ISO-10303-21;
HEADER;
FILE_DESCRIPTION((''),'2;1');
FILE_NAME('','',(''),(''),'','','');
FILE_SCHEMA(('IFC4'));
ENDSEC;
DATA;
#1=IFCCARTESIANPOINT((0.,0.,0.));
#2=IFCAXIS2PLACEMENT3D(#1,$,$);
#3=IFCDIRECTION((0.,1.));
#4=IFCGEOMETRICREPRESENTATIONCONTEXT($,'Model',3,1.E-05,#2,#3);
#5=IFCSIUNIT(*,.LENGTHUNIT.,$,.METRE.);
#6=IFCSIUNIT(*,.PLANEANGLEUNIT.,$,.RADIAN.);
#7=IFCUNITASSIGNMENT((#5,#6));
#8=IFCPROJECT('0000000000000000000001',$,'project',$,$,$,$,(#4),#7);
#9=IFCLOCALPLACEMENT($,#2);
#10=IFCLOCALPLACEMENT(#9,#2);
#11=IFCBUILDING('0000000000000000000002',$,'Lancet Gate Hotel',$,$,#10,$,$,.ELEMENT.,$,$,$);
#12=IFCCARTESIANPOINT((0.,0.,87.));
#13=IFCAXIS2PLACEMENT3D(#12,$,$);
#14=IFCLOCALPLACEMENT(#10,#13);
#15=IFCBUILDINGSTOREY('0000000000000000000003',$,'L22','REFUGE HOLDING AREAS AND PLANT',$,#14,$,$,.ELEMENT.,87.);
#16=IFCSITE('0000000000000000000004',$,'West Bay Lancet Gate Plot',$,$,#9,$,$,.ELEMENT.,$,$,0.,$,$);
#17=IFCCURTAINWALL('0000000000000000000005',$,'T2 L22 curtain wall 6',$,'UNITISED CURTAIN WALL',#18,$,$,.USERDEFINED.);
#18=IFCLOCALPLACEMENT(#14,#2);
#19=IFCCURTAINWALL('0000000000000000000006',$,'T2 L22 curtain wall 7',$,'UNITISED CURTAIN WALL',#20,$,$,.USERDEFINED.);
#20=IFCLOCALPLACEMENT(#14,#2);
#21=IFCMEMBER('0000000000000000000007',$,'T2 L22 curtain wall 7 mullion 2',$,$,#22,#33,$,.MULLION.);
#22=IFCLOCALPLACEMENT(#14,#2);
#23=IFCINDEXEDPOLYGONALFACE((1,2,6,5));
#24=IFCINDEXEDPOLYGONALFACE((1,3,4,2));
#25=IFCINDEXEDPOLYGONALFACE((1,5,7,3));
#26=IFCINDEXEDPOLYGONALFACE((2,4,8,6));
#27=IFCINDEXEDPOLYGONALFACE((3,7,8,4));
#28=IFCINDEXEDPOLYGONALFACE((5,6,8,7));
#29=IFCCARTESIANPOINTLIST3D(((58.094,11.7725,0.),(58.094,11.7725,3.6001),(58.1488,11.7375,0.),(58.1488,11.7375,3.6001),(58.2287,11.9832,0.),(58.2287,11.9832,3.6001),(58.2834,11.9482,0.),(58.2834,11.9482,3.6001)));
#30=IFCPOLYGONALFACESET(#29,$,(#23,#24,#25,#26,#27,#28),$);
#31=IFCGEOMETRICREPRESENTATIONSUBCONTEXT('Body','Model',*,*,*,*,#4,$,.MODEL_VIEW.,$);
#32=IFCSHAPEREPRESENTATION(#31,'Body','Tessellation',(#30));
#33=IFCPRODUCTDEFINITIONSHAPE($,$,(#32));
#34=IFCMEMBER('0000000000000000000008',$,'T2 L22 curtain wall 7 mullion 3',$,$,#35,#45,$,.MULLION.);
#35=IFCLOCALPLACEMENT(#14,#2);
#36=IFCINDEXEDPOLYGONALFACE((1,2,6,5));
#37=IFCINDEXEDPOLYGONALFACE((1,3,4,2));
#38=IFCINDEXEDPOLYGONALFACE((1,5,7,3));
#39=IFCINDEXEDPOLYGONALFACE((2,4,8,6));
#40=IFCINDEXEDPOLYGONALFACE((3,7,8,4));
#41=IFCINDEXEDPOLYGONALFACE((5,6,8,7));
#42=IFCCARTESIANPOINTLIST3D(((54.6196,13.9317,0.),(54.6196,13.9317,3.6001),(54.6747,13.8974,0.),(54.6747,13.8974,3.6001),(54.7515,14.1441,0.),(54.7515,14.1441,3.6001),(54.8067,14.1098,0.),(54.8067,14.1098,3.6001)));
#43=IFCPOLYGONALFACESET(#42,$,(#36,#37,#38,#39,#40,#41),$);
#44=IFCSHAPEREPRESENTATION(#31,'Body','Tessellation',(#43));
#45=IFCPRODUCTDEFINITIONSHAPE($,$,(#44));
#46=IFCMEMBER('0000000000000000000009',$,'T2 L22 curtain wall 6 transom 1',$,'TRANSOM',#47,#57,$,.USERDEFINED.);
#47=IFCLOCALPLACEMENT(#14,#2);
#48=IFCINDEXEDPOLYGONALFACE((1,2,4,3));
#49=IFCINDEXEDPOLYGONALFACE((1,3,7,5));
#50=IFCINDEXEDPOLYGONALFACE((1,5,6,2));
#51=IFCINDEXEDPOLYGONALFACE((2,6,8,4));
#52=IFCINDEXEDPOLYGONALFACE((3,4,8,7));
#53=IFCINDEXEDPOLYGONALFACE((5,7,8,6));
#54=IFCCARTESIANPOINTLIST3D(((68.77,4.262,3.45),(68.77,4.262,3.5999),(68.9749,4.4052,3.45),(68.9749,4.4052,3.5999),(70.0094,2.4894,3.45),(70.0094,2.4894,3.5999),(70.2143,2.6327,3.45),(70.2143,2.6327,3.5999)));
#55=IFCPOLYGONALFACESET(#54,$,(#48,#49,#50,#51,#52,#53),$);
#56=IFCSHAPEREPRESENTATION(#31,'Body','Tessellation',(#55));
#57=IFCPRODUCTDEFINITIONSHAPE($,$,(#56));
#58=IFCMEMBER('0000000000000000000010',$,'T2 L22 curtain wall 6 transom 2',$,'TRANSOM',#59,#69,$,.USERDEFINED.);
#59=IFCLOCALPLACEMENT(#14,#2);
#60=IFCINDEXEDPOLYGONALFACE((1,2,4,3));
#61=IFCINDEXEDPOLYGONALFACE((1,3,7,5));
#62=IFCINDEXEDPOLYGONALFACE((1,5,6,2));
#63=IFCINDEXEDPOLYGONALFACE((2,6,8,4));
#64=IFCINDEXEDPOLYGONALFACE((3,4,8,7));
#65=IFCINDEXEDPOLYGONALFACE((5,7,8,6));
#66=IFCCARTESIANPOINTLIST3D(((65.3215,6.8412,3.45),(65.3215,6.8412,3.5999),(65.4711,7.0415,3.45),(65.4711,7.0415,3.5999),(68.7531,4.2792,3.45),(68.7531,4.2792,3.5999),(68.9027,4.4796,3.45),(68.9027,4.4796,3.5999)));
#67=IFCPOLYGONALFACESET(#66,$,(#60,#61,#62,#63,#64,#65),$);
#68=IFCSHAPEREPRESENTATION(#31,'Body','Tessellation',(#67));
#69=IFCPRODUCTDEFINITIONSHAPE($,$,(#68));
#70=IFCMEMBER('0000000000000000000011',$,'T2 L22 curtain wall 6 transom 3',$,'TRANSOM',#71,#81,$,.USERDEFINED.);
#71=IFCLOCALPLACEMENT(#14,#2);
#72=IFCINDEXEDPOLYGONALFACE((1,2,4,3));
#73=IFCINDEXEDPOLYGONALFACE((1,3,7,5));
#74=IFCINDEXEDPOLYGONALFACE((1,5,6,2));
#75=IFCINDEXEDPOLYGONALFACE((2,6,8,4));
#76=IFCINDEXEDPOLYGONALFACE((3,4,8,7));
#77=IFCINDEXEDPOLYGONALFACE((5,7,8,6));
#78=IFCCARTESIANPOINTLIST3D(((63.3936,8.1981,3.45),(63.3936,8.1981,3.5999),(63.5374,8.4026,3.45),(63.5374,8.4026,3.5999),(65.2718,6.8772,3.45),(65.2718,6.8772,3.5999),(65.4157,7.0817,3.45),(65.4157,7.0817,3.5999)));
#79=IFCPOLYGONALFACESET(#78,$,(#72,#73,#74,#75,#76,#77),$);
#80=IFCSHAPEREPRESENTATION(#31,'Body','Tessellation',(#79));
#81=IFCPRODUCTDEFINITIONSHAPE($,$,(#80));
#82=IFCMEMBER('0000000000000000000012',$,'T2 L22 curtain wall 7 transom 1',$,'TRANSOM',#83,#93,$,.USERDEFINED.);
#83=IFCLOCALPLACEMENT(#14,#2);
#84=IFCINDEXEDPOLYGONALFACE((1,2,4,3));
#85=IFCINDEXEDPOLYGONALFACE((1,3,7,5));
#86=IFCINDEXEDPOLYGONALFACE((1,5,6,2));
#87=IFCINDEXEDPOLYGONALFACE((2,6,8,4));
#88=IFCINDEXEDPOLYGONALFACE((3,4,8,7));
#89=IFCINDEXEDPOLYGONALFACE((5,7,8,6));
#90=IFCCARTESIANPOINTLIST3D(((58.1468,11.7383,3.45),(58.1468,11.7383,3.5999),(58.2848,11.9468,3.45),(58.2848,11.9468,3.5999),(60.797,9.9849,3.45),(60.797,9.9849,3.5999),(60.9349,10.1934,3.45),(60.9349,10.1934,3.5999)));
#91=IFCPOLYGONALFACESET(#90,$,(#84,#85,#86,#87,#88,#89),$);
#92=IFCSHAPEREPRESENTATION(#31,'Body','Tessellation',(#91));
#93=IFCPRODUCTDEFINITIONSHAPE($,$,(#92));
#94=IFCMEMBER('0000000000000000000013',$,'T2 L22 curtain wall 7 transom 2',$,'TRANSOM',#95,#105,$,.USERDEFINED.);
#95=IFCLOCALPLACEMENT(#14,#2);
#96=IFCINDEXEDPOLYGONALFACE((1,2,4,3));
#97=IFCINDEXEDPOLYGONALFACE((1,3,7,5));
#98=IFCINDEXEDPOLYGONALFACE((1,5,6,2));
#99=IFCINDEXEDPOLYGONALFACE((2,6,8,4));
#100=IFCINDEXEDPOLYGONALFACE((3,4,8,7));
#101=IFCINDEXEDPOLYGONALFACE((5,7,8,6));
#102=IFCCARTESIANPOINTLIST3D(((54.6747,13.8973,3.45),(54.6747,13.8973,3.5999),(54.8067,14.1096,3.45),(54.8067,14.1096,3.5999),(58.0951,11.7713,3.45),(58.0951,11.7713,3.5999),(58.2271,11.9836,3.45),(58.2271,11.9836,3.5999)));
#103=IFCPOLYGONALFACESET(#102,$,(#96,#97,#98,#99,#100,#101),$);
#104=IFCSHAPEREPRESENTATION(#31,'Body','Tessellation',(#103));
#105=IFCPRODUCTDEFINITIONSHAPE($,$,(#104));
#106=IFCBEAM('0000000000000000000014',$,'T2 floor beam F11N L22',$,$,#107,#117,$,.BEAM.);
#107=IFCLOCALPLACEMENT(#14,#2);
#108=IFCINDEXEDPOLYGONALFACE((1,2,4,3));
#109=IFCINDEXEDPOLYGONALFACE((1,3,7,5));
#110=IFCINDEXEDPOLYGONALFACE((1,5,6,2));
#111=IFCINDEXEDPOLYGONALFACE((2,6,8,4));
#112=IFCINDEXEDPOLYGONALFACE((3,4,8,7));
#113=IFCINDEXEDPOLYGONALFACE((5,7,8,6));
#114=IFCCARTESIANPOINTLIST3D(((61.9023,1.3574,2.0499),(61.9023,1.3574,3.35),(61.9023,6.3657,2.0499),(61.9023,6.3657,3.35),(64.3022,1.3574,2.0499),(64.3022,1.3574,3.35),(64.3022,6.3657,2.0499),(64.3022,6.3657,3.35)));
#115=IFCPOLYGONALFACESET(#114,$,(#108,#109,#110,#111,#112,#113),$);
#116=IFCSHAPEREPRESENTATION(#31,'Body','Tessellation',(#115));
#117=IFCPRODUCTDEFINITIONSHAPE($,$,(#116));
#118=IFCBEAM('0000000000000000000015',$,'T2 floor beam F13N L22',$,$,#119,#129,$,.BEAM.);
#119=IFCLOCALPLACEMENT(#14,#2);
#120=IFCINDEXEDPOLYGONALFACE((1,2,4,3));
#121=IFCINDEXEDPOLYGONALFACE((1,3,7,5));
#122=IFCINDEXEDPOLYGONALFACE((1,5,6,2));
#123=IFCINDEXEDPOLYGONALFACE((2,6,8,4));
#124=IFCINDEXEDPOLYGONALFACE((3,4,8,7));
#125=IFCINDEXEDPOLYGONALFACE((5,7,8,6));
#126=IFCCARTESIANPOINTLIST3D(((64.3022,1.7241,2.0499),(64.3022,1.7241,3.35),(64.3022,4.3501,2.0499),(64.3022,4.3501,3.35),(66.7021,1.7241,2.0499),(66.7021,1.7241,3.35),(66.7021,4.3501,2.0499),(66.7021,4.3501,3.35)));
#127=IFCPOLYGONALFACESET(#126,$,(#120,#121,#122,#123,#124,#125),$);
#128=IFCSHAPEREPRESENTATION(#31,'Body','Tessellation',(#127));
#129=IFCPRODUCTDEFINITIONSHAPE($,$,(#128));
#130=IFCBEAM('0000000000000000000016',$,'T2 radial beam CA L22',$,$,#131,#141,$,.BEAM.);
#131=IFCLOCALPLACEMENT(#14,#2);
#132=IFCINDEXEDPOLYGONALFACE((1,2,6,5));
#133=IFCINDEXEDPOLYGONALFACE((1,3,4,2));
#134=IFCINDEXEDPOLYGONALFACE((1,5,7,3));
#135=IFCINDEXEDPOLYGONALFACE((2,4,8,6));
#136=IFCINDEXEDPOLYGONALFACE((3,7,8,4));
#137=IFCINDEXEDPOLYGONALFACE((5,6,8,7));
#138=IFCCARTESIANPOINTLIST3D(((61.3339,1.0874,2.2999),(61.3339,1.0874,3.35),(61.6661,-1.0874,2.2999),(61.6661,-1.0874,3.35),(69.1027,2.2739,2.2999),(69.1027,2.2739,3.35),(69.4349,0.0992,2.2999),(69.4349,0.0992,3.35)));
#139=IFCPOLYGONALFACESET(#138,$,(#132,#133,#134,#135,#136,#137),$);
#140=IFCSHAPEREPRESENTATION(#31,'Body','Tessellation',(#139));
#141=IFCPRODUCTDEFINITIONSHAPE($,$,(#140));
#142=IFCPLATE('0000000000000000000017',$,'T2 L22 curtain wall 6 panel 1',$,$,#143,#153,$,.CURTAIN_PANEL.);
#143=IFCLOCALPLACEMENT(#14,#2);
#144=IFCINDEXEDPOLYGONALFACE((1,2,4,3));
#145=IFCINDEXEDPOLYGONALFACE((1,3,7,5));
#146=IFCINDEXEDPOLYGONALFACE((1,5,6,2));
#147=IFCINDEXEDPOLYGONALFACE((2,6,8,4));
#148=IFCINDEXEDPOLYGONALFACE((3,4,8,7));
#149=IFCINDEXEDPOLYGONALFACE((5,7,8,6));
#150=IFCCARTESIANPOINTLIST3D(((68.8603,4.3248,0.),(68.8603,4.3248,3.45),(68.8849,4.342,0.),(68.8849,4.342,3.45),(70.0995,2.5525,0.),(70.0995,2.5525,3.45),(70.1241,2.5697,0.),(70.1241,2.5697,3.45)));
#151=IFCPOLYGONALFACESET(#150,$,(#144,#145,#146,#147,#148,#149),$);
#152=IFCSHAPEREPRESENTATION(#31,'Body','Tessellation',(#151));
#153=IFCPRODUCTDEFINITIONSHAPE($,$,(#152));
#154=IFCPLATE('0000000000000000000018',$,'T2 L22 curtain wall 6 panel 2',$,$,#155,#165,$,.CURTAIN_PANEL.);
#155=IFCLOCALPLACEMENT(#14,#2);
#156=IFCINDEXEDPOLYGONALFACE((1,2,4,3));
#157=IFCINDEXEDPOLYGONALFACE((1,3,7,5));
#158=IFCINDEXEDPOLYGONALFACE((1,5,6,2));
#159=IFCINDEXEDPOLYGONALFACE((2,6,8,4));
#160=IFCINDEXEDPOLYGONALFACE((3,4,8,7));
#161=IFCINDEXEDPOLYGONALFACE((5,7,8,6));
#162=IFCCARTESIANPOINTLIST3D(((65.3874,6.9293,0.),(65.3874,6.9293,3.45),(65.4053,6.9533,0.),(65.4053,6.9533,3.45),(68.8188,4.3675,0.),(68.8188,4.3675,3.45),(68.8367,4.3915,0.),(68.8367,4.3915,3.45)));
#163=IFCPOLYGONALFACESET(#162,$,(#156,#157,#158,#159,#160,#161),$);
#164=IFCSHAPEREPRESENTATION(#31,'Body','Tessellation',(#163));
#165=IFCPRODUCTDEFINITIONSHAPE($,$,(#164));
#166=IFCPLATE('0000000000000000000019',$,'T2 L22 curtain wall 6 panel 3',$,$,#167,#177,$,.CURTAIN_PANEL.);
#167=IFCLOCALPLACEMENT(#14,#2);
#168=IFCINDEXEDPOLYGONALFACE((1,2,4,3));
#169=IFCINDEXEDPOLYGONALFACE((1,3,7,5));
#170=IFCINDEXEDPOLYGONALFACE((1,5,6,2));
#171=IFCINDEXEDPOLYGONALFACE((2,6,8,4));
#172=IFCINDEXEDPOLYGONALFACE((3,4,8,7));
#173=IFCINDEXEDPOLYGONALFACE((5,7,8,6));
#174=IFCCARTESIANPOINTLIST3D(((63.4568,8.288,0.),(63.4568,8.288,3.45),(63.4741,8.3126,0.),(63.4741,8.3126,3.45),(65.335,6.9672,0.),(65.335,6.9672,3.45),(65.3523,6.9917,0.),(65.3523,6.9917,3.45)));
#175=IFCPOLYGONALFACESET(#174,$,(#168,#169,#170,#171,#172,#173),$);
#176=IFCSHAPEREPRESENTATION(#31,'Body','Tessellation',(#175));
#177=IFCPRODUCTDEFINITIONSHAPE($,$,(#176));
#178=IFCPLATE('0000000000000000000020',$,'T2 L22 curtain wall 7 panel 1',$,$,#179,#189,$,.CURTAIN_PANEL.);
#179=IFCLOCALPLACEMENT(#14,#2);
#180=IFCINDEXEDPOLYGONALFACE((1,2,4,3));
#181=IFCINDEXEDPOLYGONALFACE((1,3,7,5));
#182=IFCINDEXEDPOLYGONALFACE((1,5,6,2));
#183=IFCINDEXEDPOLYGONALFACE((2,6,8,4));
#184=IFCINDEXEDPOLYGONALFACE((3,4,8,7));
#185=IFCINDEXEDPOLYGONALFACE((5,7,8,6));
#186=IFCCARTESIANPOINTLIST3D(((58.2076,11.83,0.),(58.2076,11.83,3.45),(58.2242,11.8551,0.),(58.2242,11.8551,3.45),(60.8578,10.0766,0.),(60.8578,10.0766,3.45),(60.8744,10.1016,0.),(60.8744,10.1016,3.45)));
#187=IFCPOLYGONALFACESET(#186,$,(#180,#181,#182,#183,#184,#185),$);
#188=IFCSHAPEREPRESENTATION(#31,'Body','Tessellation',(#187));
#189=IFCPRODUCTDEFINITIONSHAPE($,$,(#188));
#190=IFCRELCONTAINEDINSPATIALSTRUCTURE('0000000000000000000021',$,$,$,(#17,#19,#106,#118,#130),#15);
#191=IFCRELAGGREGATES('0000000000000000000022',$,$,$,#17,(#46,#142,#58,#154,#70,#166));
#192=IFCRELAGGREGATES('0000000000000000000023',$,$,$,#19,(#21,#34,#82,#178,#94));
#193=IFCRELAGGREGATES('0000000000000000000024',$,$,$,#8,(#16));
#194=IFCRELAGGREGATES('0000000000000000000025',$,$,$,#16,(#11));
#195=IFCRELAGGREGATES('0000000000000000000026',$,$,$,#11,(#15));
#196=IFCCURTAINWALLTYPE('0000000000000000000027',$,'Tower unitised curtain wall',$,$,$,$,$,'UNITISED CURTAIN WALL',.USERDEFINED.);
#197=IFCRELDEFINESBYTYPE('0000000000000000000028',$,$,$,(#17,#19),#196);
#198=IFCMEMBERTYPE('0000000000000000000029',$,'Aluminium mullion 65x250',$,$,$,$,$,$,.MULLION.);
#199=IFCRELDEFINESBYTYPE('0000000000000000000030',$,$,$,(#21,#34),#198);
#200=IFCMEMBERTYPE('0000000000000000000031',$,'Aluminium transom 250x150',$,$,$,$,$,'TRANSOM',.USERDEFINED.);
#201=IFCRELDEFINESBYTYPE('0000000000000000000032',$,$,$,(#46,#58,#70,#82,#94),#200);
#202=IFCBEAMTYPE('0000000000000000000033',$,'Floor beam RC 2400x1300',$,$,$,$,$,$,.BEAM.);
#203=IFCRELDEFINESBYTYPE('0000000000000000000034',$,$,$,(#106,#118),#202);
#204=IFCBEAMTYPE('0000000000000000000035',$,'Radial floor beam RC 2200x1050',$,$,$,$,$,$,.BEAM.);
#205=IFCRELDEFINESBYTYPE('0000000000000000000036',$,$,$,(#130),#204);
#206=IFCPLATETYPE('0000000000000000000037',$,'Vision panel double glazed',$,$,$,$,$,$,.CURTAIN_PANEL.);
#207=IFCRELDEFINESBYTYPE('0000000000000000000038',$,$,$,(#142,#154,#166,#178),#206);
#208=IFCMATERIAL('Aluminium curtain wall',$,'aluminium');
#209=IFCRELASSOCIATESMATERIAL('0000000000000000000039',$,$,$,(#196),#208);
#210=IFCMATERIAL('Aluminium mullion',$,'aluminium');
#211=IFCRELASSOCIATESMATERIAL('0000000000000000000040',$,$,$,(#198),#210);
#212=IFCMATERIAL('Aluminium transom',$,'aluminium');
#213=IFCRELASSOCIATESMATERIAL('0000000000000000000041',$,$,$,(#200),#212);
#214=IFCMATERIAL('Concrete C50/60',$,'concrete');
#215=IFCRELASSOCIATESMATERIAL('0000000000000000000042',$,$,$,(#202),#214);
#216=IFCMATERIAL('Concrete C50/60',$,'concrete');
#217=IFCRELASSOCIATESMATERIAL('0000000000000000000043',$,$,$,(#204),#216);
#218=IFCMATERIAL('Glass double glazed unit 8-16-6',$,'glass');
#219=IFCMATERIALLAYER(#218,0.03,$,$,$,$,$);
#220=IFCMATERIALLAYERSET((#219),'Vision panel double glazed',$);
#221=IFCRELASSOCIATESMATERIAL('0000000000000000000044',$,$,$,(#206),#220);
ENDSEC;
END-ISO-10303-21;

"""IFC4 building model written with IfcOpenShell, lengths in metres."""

from ifc_helpers import new_model, si_unit, direction, frame, origin, origin_2d, place, context, subcontext, project, spatial, rectangle, extrude, material, layer, layer_set, material_profile, profile_set, type_object, element, aggregate, save


model = new_model("IFC4")

# Units and contexts
model_context = context("Model", 3, precision=1e-05, world=origin(), true_north=direction((0.0, 1.0)))
body_context = subcontext(model_context, "Body", "Model", "MODEL_VIEW")
ifc_project = project(units=[si_unit("LENGTHUNIT", "METRE"), si_unit("PLANEANGLEUNIT", "RADIAN")], contexts=[model_context])

# Site, building, storey
site_placement = place(None, origin())
site = spatial("IfcSite", under=ifc_project, at=site_placement, Name="West Bay Lancet Gate Plot", CompositionType="ELEMENT", RefElevation=0.0)
building_placement = place(site_placement, origin())
building = spatial("IfcBuilding", under=site, at=building_placement, Name="Lancet Gate Hotel", CompositionType="ELEMENT")
storey_placement = place(building_placement, frame((0.0, 0.0, 87.0)))
storey = spatial("IfcBuildingStorey", under=building, at=storey_placement, Name="L22", Description="REFUGE HOLDING AREAS AND PLANT", CompositionType="ELEMENT", Elevation=87.0)

# Curtain walls, members
ifc_material_1 = material(Name="Aluminium curtain wall", Category="aluminium")
curtain_wall_type = type_object("IfcCurtainWallType", Name="Tower unitised curtain wall", ElementType="UNITISED CURTAIN WALL", PredefinedType="USERDEFINED", material=ifc_material_1)
curtain_wall_1_placement = place(storey_placement, origin())
curtain_wall_1 = element("IfcCurtainWall", 1, at=curtain_wall_1_placement, inside=storey, type_object=curtain_wall_type, Name="T2 L22 curtain wall 6", ObjectType="UNITISED CURTAIN WALL", PredefinedType="USERDEFINED")
ifc_material_2 = material(Name="Aluminium mullion", Category="aluminium")
ifc_material_profile_1 = material_profile(ifc_material_2, rectangle(XDim=0.0649, YDim=0.25, at=origin_2d()), Name="MULLION 65x250")
ifc_profile_set_1 = profile_set([ifc_material_profile_1], Name="Aluminium mullion")
member_type_1 = type_object("IfcMemberType", Name="Aluminium mullion 65x250", PredefinedType="MULLION", material=ifc_profile_set_1)
curtain_wall_2_placement = place(storey_placement, origin())
curtain_wall_2 = element("IfcCurtainWall", 2, at=curtain_wall_2_placement, inside=storey, type_object=curtain_wall_type, Name="T2 L22 curtain wall 7", ObjectType="UNITISED CURTAIN WALL", PredefinedType="USERDEFINED")
member_1_placement = place(storey_placement, frame((58.1887, 11.8604, 0.0), z_axis=(0.0, 0.0, 1.0), x_axis=(-0.842623, 0.538504, 0.0)))
member_1 = element("IfcMember", 3, at=member_1_placement, type_object=member_type_1, Name="T2 L22 curtain wall 7 mullion 2", PredefinedType="MULLION", context=body_context, shape_type="SweptSolid", body=[
    extrude(rectangle(XDim=0.0649, YDim=0.25, at=origin_2d()), origin(), (0.0, 0.0, 1.0), 3.6001),
])
member_2_placement = place(storey_placement, frame((54.7131, 14.0208, 0.0), z_axis=(0.0, 0.0, 1.0), x_axis=(-0.849318, 0.527882, 0.0)))
member_2 = element("IfcMember", 4, at=member_2_placement, type_object=member_type_1, Name="T2 L22 curtain wall 7 mullion 3", PredefinedType="MULLION", context=body_context, shape_type="SweptSolid", body=[
    extrude(rectangle(XDim=0.0649, YDim=0.25, at=origin_2d()), origin(), (0.0, 0.0, 1.0), 3.6001),
])

# Members
ifc_material_3 = material(Name="Aluminium transom", Category="aluminium")
ifc_material_profile_2 = material_profile(ifc_material_3, rectangle(XDim=0.25, YDim=0.1499, at=origin_2d()), Name="TRANSOM 250x150")
ifc_profile_set_2 = profile_set([ifc_material_profile_2], Name="Aluminium transom")
member_type_2 = type_object("IfcMemberType", Name="Aluminium transom 250x150", ElementType="TRANSOM", PredefinedType="USERDEFINED", material=ifc_profile_set_2)
member_3_placement = place(storey_placement, frame((70.1118, 2.561, 3.5249), z_axis=(-0.573008, 0.81955, 0.0), x_axis=(-0.81955, -0.573008, 0.0)))
member_3 = element("IfcMember", 5, at=member_3_placement, type_object=member_type_2, Name="T2 L22 curtain wall 6 transom 1", ObjectType="TRANSOM", PredefinedType="USERDEFINED", context=body_context, shape_type="SweptSolid", body=[
    extrude(rectangle(XDim=0.25, YDim=0.1499, at=origin_2d()), origin(), (0.0, 0.0, 1.0), 2.1628),
])
member_4_placement = place(storey_placement, frame((68.8279, 4.3794, 3.5249), z_axis=(-0.801312, 0.598247, 0.0), x_axis=(-0.598247, -0.801312, 0.0)))
member_4 = element("IfcMember", 6, at=member_4_placement, type_object=member_type_2, Name="T2 L22 curtain wall 6 transom 2", ObjectType="TRANSOM", PredefinedType="USERDEFINED", context=body_context, shape_type="SweptSolid", body=[
    extrude(rectangle(XDim=0.25, YDim=0.1499, at=origin_2d()), origin(), (0.0, 0.0, 1.0), 4.2825),
])
member_5_placement = place(storey_placement, frame((65.3438, 6.9795, 3.5249), z_axis=(-0.817986, 0.575238, 0.0), x_axis=(-0.575238, -0.817986, 0.0)))
member_5 = element("IfcMember", 7, at=member_5_placement, type_object=member_type_2, Name="T2 L22 curtain wall 6 transom 3", ObjectType="TRANSOM", PredefinedType="USERDEFINED", context=body_context, shape_type="SweptSolid", body=[
    extrude(rectangle(XDim=0.25, YDim=0.1499, at=origin_2d()), origin(), (0.0, 0.0, 1.0), 2.2961),
])
member_6_placement = place(storey_placement, frame((60.866, 10.0891, 3.5249), z_axis=(-0.833984, 0.551789, 0.0), x_axis=(-0.551789, -0.833984, 0.0)))
member_6 = element("IfcMember", 8, at=member_6_placement, type_object=member_type_2, Name="T2 L22 curtain wall 7 transom 1", ObjectType="TRANSOM", PredefinedType="USERDEFINED", context=body_context, shape_type="SweptSolid", body=[
    extrude(rectangle(XDim=0.25, YDim=0.1499, at=origin_2d()), origin(), (0.0, 0.0, 1.0), 3.1777),
])
member_7_placement = place(storey_placement, frame((58.1611, 11.8774, 3.5249), z_axis=(-0.84931, 0.527894, 0.0), x_axis=(-0.527894, -0.84931, 0.0)))
member_7 = element("IfcMember", 9, at=member_7_placement, type_object=member_type_2, Name="T2 L22 curtain wall 7 transom 2", ObjectType="TRANSOM", PredefinedType="USERDEFINED", context=body_context, shape_type="SweptSolid", body=[
    extrude(rectangle(XDim=0.25, YDim=0.1499, at=origin_2d()), origin(), (0.0, 0.0, 1.0), 4.0273),
])

# Beams
ifc_material_4 = material(Name="Concrete C50/60", Category="concrete")
ifc_material_profile_3 = material_profile(ifc_material_4, rectangle(XDim=2.3999, YDim=1.3, at=origin_2d()), Name="RC 2400x1300")
ifc_profile_set_3 = profile_set([ifc_material_profile_3], Name="Concrete C50/60")
beam_type_1 = type_object("IfcBeamType", Name="Floor beam RC 2400x1300", PredefinedType="BEAM", material=ifc_profile_set_3)
beam_1_placement = place(storey_placement, frame((63.1023, 1.3574, 2.7), z_axis=(0.0, 1.0, 0.0), x_axis=(-1.0, 0.0, 0.0)))
element("IfcBeam", 10, at=beam_1_placement, inside=storey, type_object=beam_type_1, Name="T2 floor beam F11N L22", PredefinedType="BEAM", context=body_context, shape_type="SweptSolid", body=[
    extrude(rectangle(XDim=2.3999, YDim=1.3, at=origin_2d()), origin(), (0.0, 0.0, 1.0), 5.0083),
])
beam_2_placement = place(storey_placement, frame((65.5022, 1.7241, 2.7), z_axis=(0.0, 1.0, 0.0), x_axis=(-1.0, 0.0, 0.0)))
element("IfcBeam", 11, at=beam_2_placement, inside=storey, type_object=beam_type_1, Name="T2 floor beam F13N L22", PredefinedType="BEAM", context=body_context, shape_type="SweptSolid", body=[
    extrude(rectangle(XDim=2.3999, YDim=1.3, at=origin_2d()), origin(), (0.0, 0.0, 1.0), 2.626),
])
ifc_material_5 = material(Name="Concrete C50/60", Category="concrete")
ifc_material_profile_4 = material_profile(ifc_material_5, rectangle(XDim=2.2, YDim=1.05, at=origin_2d()), Name="RC 2200x1050")
ifc_profile_set_4 = profile_set([ifc_material_profile_4], Name="Concrete C50/60")
beam_type_2 = type_object("IfcBeamType", Name="Radial floor beam RC 2200x1050", PredefinedType="BEAM", material=ifc_profile_set_4)
beam_3_placement = place(storey_placement, frame((69.2688, 1.1865, 2.825), z_axis=(-0.988537, -0.150979, 0.0), x_axis=(0.150979, -0.988537, 0.0)))
element("IfcBeam", 12, at=beam_3_placement, inside=storey, type_object=beam_type_2, Name="T2 radial beam CA L22", PredefinedType="BEAM", context=body_context, shape_type="SweptSolid", body=[
    extrude(rectangle(XDim=2.2, YDim=1.05, at=origin_2d()), origin(), (0.0, 0.0, 1.0), 7.8589),
])

# Plates
ifc_material_6 = material(Name="Glass double glazed unit 8-16-6", Category="glass")
ifc_layer_1 = layer(ifc_material_6, 0.03)
ifc_layer_set_1 = layer_set([ifc_layer_1], Name="Vision panel double glazed")
plate_type = type_object("IfcPlateType", Name="Vision panel double glazed", PredefinedType="CURTAIN_PANEL", material=ifc_layer_set_1)
plate_1_placement = place(storey_placement, frame((69.4922, 3.4473, 0.0), z_axis=(0.0, 0.0, 1.0), x_axis=(-0.573025, 0.819538, 0.0)))
plate_1 = element("IfcPlate", 13, at=plate_1_placement, type_object=plate_type, Name="T2 L22 curtain wall 6 panel 1", PredefinedType="CURTAIN_PANEL", context=body_context, shape_type="SweptSolid", body=[
    extrude(rectangle(XDim=2.1626, YDim=0.03, at=origin_2d()), origin(), (0.0, 0.0, 1.0), 3.45),
])
plate_2_placement = place(storey_placement, frame((67.1121, 5.6604, 0.0), z_axis=(0.0, 0.0, 1.0), x_axis=(-0.801314, 0.598244, 0.0)))
plate_2 = element("IfcPlate", 14, at=plate_2_placement, type_object=plate_type, Name="T2 L22 curtain wall 6 panel 2", PredefinedType="CURTAIN_PANEL", context=body_context, shape_type="SweptSolid", body=[
    extrude(rectangle(XDim=4.2822, YDim=0.03, at=origin_2d()), origin(), (0.0, 0.0, 1.0), 3.45),
])
plate_3_placement = place(storey_placement, frame((64.4045, 7.6399, 0.0), z_axis=(0.0, 0.0, 1.0), x_axis=(-0.817979, 0.575247, 0.0)))
plate_3 = element("IfcPlate", 15, at=plate_3_placement, type_object=plate_type, Name="T2 L22 curtain wall 6 panel 3", PredefinedType="CURTAIN_PANEL", context=body_context, shape_type="SweptSolid", body=[
    extrude(rectangle(XDim=2.2961, YDim=0.03, at=origin_2d()), origin(), (0.0, 0.0, 1.0), 3.45),
])
aggregate(curtain_wall_1, [member_3, plate_1, member_4, plate_2, member_5, plate_3])
plate_4_placement = place(storey_placement, frame((59.541, 10.9658, 0.0), z_axis=(0.0, 0.0, 1.0), x_axis=(-0.833985, 0.551787, 0.0)))
plate_4 = element("IfcPlate", 16, at=plate_4_placement, type_object=plate_type, Name="T2 L22 curtain wall 7 panel 1", PredefinedType="CURTAIN_PANEL", context=body_context, shape_type="SweptSolid", body=[
    extrude(rectangle(XDim=3.1777, YDim=0.03, at=origin_2d()), origin(), (0.0, 0.0, 1.0), 3.45),
])
aggregate(curtain_wall_2, [member_1, member_2, member_6, plate_4, member_7])

save(model, "model.ifc")
